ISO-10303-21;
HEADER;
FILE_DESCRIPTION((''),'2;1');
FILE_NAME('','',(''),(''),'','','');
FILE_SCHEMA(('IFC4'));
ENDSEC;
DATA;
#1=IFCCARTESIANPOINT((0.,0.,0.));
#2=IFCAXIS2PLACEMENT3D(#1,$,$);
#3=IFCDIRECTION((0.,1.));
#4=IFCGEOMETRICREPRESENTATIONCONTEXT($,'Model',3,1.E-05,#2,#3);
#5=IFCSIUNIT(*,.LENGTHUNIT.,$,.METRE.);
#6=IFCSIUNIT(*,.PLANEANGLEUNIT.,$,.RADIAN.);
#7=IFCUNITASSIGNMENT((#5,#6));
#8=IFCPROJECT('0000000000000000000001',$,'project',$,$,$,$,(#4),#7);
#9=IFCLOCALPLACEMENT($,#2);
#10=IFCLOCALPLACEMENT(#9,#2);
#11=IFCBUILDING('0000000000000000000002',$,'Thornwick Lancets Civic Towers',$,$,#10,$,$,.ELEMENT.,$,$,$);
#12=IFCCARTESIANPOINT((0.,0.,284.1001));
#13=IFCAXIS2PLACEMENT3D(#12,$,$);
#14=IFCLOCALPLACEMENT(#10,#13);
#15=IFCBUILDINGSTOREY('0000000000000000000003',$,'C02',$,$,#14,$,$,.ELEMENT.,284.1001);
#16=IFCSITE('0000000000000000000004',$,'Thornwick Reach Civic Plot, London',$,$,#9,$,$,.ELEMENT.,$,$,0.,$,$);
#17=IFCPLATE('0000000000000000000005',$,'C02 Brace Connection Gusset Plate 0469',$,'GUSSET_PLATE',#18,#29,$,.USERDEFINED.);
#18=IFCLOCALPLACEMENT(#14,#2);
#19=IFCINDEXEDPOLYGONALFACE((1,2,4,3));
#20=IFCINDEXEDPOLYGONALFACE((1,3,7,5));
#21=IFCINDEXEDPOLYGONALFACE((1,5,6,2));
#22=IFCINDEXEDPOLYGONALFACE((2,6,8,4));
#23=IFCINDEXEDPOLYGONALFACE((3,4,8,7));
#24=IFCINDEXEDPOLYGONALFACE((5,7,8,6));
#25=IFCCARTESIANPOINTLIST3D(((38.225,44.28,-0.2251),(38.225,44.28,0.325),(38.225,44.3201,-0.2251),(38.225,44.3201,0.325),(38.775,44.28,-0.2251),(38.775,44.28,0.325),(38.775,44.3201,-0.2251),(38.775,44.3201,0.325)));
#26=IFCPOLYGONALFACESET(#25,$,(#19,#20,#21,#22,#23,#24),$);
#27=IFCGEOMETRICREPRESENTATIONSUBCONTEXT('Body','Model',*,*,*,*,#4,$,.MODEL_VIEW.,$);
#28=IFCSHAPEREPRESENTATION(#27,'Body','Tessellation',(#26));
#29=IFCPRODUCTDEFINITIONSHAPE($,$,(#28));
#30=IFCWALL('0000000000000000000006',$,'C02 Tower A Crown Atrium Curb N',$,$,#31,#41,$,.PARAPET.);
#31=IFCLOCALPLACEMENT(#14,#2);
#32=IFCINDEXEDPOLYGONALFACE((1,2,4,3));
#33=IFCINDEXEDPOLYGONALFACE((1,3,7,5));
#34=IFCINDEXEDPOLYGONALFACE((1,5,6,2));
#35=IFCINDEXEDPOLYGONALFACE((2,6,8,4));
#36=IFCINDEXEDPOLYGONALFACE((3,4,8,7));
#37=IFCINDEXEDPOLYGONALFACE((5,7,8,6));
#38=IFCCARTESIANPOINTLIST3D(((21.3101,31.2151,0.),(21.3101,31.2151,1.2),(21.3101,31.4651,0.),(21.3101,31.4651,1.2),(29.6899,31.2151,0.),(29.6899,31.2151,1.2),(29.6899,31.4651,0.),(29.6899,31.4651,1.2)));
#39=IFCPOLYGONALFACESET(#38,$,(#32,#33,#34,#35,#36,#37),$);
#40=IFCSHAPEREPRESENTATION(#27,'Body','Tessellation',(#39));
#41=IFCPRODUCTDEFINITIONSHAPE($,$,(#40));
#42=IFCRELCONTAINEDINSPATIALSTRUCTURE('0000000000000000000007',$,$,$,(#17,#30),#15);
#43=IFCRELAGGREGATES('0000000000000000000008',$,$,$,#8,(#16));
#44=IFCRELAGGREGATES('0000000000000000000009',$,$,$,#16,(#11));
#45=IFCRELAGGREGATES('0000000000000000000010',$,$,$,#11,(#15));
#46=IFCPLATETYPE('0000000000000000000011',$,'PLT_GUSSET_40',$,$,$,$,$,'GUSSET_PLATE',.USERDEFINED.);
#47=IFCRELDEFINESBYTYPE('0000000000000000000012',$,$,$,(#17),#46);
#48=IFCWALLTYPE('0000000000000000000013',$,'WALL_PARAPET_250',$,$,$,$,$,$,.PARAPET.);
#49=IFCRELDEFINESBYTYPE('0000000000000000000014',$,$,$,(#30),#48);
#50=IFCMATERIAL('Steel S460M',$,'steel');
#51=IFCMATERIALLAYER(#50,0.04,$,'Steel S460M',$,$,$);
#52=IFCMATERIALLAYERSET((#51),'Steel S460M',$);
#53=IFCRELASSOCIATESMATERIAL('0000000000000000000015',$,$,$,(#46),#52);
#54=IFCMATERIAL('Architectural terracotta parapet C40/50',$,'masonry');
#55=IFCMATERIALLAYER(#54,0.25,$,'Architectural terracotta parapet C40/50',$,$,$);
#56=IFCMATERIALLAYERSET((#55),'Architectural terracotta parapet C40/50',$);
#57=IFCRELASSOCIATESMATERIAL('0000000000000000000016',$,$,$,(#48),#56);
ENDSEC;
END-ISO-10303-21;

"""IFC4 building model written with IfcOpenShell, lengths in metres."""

from ifc_helpers import new_model, si_unit, direction, frame, frame_2d, origin, origin_2d, place, context, subcontext, project, spatial, rectangle, extrude, material, layer, layer_set, type_object, element, save


model = new_model("IFC4")

# Units and contexts
model_context = context("Model", 3, precision=1e-05, world=origin(), true_north=direction((0.0, 1.0)))
body_context = subcontext(model_context, "Body", "Model", "MODEL_VIEW")
ifc_project = project(units=[si_unit("LENGTHUNIT", "METRE"), si_unit("PLANEANGLEUNIT", "RADIAN")], contexts=[model_context])

# Site, building, storey
site_placement = place(None, origin())
site = spatial("IfcSite", under=ifc_project, at=site_placement, Name="Thornwick Reach Civic Plot, London", CompositionType="ELEMENT", RefElevation=0.0)
building_placement = place(site_placement, origin())
building = spatial("IfcBuilding", under=site, at=building_placement, Name="Thornwick Lancets Civic Towers", CompositionType="ELEMENT")
storey_placement = place(building_placement, frame((0.0, 0.0, 284.1001)))
storey = spatial("IfcBuildingStorey", under=building, at=storey_placement, Name="C02", CompositionType="ELEMENT", Elevation=284.1001)

# Plate
ifc_material_1 = material(Name="Steel S460M", Category="steel")
ifc_layer_1 = layer(ifc_material_1, 0.04, Name="Steel S460M")
ifc_layer_set_1 = layer_set([ifc_layer_1], Name="Steel S460M")
plate_type_1 = type_object("IfcPlateType", Name="PLT_GUSSET_40", ElementType="GUSSET_PLATE", PredefinedType="USERDEFINED", material=ifc_layer_set_1)
for number, where, z_axis, x_axis, name in (
    (1, (38.5, 44.3, -0.2251), (0.0, 0.0, 1.0), (-1.0, 0.0, 0.0), "C02 Brace Connection Gusset Plate 0469"),
):
    element("IfcPlate", number, at=place(storey_placement, frame(where, z_axis=z_axis, x_axis=x_axis)), inside=storey, type_object=plate_type_1, Name=name, ObjectType="GUSSET_PLATE", PredefinedType="USERDEFINED", context=body_context, shape_type="SweptSolid", body=[
        extrude(rectangle(XDim=0.55, YDim=0.04, at=origin_2d()), origin(), (0.0, 0.0, 1.0), 0.55),
    ])

# Wall
ifc_material_2 = material(Name="Architectural terracotta parapet C40/50", Category="masonry")
ifc_layer_2 = layer(ifc_material_2, 0.25, Name="Architectural terracotta parapet C40/50")
ifc_layer_set_2 = layer_set([ifc_layer_2], Name="Architectural terracotta parapet C40/50")
wall_type = type_object("IfcWallType", Name="WALL_PARAPET_250", PredefinedType="PARAPET", material=ifc_layer_set_2)
wall_placement = place(storey_placement, frame((29.6899, 31.3401, 0.0), z_axis=(0.0, 0.0, 1.0), x_axis=(-1.0, 0.0, 0.0)))
element("IfcWall", 2, at=wall_placement, inside=storey, type_object=wall_type, Name="C02 Tower A Crown Atrium Curb N", PredefinedType="PARAPET", context=body_context, shape_type="SweptSolid", body=[
    extrude(rectangle(XDim=8.3799, YDim=0.25, at=frame_2d((4.1899, 0.0))), origin(), (0.0, 0.0, 1.0), 1.2),
])

save(model, "model.ifc")
